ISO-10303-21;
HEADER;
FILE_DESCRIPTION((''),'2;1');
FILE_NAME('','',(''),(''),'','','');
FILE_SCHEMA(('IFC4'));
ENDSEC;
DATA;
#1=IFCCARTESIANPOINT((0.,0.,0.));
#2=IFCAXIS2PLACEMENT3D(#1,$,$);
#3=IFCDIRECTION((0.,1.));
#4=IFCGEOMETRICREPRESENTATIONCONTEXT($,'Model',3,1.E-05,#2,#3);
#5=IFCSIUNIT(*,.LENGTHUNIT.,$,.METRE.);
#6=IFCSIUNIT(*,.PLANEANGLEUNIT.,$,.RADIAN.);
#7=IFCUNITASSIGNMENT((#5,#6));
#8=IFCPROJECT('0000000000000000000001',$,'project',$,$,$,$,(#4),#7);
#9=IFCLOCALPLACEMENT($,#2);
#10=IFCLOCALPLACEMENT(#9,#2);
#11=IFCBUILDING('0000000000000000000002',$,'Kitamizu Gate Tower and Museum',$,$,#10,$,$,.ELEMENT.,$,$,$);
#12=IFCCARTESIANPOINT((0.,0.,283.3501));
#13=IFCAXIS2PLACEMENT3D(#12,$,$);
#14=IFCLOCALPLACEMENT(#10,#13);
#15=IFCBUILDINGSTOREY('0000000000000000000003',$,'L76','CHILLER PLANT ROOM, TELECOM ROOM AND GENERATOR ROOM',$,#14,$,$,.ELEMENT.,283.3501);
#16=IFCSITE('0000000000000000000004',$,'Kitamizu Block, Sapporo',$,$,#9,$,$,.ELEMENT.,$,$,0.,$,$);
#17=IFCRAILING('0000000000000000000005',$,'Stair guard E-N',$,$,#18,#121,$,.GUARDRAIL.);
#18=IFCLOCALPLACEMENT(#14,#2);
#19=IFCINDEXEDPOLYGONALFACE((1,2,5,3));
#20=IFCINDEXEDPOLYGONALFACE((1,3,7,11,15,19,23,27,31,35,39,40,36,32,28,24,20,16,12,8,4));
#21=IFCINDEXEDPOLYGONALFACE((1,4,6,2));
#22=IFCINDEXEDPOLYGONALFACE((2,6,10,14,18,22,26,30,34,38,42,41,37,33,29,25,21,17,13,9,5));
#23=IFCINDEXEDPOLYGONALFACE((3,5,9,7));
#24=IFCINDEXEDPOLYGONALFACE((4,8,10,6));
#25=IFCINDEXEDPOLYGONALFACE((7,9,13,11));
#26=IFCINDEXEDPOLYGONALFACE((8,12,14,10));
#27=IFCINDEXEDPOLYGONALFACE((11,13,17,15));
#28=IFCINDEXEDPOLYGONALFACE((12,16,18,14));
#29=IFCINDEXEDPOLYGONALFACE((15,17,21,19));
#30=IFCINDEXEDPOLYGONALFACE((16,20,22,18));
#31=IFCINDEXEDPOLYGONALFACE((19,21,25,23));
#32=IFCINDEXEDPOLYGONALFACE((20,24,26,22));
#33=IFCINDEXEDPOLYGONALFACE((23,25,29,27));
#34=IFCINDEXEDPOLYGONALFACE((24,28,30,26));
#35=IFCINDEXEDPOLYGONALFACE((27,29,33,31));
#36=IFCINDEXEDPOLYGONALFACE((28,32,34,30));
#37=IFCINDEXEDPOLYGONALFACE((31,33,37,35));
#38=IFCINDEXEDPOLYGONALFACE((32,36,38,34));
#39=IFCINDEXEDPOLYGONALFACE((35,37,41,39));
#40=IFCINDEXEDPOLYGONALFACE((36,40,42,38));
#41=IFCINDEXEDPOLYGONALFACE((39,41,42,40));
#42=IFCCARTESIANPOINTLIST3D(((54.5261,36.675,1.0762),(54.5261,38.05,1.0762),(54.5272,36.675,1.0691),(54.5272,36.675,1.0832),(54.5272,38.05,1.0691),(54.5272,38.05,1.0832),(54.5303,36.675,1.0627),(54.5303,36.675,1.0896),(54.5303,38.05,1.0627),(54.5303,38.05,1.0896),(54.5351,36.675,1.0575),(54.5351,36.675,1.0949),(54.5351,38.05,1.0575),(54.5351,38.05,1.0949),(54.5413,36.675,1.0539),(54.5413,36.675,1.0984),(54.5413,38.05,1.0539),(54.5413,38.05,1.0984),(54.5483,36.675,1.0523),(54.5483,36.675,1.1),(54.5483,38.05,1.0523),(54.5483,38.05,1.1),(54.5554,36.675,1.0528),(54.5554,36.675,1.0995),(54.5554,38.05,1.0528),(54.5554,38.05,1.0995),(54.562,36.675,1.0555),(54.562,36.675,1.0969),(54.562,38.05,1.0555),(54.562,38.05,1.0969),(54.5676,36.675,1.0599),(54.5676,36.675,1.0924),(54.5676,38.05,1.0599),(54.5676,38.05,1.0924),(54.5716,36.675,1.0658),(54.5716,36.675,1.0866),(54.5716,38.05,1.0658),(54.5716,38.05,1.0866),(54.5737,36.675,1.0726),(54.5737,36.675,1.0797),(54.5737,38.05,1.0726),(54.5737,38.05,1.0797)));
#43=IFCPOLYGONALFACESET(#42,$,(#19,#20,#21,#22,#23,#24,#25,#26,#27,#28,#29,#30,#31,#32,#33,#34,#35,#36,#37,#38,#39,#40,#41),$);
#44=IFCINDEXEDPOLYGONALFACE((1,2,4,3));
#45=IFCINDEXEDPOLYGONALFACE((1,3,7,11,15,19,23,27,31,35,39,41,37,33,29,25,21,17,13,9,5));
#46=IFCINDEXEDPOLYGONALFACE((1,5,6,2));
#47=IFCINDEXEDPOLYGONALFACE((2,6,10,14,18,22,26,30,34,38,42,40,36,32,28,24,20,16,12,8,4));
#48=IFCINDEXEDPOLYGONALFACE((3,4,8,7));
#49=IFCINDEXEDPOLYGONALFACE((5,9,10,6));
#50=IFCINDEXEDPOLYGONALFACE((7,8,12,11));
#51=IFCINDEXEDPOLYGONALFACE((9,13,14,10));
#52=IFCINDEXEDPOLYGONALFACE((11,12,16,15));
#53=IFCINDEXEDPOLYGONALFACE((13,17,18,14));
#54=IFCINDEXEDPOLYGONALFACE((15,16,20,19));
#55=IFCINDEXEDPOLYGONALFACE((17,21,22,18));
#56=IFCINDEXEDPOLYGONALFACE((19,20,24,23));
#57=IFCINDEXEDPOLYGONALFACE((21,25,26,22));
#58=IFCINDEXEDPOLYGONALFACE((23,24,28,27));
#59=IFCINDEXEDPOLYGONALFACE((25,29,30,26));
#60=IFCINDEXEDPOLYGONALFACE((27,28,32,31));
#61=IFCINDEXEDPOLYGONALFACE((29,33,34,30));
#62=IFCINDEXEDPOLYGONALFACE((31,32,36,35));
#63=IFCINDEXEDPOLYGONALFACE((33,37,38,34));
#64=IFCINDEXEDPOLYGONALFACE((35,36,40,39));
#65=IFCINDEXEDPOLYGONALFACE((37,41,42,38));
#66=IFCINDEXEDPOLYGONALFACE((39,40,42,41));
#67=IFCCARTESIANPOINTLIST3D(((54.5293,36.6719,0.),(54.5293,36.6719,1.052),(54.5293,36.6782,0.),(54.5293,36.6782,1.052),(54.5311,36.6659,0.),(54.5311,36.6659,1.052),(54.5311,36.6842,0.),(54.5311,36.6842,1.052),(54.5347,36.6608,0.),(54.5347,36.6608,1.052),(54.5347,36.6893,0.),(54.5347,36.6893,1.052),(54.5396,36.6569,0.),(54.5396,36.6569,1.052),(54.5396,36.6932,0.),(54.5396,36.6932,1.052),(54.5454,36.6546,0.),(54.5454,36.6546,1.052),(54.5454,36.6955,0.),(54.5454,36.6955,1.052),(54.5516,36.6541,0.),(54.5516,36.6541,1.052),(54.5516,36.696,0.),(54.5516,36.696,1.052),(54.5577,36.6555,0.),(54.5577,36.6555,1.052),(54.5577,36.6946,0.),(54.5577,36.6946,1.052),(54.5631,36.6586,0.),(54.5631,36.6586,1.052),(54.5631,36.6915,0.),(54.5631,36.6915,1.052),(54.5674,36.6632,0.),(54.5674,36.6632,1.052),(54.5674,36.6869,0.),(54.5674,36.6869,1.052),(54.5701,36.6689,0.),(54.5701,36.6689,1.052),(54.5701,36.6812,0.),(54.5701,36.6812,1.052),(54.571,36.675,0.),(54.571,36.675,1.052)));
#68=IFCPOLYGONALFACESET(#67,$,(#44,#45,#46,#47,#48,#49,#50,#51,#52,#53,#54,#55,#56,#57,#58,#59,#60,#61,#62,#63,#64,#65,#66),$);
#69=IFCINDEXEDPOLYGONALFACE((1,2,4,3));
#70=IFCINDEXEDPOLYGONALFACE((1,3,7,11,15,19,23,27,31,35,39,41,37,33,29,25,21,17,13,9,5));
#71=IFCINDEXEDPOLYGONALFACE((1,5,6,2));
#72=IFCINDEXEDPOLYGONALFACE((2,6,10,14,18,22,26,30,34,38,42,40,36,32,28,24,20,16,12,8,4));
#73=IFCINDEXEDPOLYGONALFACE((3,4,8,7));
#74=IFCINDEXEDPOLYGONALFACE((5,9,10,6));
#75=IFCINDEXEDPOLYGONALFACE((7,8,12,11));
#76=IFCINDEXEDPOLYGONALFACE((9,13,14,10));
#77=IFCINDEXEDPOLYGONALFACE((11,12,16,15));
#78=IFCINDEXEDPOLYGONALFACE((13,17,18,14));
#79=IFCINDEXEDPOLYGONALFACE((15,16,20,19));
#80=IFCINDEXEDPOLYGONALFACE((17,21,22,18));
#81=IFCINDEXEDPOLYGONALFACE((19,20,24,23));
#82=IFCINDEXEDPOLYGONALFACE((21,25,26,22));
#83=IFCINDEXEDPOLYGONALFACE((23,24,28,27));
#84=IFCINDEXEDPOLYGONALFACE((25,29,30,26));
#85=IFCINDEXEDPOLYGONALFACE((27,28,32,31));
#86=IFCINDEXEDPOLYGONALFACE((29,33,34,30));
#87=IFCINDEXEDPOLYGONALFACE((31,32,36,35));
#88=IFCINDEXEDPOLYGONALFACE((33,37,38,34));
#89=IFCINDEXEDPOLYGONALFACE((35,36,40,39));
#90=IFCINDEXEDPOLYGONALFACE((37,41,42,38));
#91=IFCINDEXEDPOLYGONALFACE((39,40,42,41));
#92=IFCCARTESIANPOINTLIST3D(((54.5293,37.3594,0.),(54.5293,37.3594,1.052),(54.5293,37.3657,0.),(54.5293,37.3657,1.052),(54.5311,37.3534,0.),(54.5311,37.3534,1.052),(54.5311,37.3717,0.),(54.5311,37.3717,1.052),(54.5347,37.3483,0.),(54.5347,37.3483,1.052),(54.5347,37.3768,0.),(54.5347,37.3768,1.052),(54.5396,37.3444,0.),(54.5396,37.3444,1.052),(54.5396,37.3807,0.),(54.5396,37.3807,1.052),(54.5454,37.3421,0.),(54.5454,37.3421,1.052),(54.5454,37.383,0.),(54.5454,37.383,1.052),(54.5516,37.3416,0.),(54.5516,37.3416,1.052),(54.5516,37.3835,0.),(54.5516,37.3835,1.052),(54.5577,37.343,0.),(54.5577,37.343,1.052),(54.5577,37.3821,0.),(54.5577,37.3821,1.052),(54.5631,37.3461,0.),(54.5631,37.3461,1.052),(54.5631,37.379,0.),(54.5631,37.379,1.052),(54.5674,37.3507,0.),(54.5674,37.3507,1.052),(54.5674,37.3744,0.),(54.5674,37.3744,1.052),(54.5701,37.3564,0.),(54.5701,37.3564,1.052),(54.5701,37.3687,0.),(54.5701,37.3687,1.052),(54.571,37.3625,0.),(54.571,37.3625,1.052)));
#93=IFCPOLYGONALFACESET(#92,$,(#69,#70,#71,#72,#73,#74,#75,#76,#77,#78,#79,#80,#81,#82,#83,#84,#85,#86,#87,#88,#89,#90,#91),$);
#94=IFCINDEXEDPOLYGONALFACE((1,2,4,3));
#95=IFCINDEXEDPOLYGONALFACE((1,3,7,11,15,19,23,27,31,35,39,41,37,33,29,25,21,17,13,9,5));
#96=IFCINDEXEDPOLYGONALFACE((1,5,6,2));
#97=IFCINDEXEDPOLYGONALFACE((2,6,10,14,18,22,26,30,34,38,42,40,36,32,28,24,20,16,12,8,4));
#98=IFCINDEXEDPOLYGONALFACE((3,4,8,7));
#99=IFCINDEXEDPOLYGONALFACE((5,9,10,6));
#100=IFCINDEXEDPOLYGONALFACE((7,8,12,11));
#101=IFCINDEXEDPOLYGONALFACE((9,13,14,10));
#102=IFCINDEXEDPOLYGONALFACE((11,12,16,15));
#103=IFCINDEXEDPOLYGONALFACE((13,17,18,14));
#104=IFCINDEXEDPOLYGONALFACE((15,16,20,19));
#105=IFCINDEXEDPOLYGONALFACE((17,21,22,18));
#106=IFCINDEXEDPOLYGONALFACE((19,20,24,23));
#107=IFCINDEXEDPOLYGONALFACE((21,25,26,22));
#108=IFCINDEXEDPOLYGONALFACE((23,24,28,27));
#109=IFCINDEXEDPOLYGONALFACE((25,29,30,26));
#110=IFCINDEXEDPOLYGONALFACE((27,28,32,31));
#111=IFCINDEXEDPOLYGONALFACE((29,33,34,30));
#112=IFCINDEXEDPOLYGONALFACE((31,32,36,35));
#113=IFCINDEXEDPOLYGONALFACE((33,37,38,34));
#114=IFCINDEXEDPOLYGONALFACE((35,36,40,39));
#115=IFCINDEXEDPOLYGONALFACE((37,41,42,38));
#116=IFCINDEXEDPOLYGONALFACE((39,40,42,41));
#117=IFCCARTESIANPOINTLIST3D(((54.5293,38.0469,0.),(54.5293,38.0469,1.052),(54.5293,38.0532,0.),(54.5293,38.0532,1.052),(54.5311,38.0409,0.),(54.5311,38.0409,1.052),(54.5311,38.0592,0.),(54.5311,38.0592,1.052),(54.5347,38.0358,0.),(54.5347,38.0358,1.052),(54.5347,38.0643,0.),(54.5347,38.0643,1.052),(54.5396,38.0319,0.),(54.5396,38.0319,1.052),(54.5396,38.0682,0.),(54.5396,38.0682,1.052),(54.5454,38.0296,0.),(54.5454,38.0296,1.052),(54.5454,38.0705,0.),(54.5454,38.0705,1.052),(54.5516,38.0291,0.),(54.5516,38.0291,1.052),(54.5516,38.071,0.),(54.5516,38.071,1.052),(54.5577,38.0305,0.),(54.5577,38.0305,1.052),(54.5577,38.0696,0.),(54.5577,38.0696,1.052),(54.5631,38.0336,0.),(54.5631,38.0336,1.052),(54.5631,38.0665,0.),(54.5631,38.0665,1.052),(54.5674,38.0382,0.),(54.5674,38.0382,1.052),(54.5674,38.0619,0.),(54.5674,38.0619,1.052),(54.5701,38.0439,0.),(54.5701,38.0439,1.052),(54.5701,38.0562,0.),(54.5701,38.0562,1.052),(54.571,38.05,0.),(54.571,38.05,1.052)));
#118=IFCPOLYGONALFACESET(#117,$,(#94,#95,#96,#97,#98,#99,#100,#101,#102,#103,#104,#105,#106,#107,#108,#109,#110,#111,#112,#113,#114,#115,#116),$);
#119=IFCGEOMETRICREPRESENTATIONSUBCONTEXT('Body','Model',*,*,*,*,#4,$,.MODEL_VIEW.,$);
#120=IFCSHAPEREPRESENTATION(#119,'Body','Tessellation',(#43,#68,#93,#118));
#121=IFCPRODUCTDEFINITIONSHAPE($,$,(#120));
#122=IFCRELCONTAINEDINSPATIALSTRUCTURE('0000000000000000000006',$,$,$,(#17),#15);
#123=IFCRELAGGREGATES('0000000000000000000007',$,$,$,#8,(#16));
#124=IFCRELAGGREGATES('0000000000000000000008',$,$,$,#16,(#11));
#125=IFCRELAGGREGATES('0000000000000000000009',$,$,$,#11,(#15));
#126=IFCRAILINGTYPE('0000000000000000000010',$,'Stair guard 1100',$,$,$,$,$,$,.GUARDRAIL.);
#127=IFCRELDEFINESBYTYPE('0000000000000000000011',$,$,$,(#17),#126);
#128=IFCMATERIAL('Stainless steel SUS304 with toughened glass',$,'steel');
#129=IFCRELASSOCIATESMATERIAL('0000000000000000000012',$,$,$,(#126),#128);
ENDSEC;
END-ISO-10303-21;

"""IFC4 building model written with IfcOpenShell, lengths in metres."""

from ifc_helpers import new_model, si_unit, direction, frame, origin, origin_2d, place, context, subcontext, project, spatial, circle, extrude, material, type_object, element, save


model = new_model("IFC4")

# Units and contexts
model_context = context("Model", 3, precision=1e-05, world=origin(), true_north=direction((0.0, 1.0)))
body_context = subcontext(model_context, "Body", "Model", "MODEL_VIEW")
ifc_project = project(units=[si_unit("LENGTHUNIT", "METRE"), si_unit("PLANEANGLEUNIT", "RADIAN")], contexts=[model_context])

# Site, building, storey
site_placement = place(None, origin())
site = spatial("IfcSite", under=ifc_project, at=site_placement, Name="Kitamizu Block, Sapporo", CompositionType="ELEMENT", RefElevation=0.0)
building_placement = place(site_placement, origin())
building = spatial("IfcBuilding", under=site, at=building_placement, Name="Kitamizu Gate Tower and Museum", CompositionType="ELEMENT")
storey_placement = place(building_placement, frame((0.0, 0.0, 283.3501)))
storey = spatial("IfcBuildingStorey", under=building, at=storey_placement, Name="L76", Description="CHILLER PLANT ROOM, TELECOM ROOM AND GENERATOR ROOM", CompositionType="ELEMENT", Elevation=283.3501)

# Railing
ifc_material_1 = material(Name="Stainless steel SUS304 with toughened glass", Category="steel")
railing_type = type_object("IfcRailingType", Name="Stair guard 1100", PredefinedType="GUARDRAIL", material=ifc_material_1)
railing_placement = place(storey_placement, frame((54.55, 36.675, 0.0)))
element("IfcRailing", 1, at=railing_placement, inside=storey, type_object=railing_type, Name="Stair guard E-N", PredefinedType="GUARDRAIL", context=body_context, shape_type="SweptSolid", body=[
    extrude(circle(Radius=0.0239, at=origin_2d()), frame((0.0, 0.0, 1.0762), z_axis=(0.0, 1.0, 0.0), x_axis=(-1.0, 0.0, 0.0)), (0.0, 0.0, 1.0), 1.375),
    extrude(circle(Radius=0.021, at=origin_2d()), origin(), (0.0, 0.0, 1.0), 1.052),
    extrude(circle(Radius=0.021, at=origin_2d()), frame((0.0, 0.6875, 0.0)), (0.0, 0.0, 1.0), 1.052),
    extrude(circle(Radius=0.021, at=origin_2d()), frame((0.0, 1.375, 0.0)), (0.0, 0.0, 1.0), 1.052),
])

save(model, "model.ifc")
